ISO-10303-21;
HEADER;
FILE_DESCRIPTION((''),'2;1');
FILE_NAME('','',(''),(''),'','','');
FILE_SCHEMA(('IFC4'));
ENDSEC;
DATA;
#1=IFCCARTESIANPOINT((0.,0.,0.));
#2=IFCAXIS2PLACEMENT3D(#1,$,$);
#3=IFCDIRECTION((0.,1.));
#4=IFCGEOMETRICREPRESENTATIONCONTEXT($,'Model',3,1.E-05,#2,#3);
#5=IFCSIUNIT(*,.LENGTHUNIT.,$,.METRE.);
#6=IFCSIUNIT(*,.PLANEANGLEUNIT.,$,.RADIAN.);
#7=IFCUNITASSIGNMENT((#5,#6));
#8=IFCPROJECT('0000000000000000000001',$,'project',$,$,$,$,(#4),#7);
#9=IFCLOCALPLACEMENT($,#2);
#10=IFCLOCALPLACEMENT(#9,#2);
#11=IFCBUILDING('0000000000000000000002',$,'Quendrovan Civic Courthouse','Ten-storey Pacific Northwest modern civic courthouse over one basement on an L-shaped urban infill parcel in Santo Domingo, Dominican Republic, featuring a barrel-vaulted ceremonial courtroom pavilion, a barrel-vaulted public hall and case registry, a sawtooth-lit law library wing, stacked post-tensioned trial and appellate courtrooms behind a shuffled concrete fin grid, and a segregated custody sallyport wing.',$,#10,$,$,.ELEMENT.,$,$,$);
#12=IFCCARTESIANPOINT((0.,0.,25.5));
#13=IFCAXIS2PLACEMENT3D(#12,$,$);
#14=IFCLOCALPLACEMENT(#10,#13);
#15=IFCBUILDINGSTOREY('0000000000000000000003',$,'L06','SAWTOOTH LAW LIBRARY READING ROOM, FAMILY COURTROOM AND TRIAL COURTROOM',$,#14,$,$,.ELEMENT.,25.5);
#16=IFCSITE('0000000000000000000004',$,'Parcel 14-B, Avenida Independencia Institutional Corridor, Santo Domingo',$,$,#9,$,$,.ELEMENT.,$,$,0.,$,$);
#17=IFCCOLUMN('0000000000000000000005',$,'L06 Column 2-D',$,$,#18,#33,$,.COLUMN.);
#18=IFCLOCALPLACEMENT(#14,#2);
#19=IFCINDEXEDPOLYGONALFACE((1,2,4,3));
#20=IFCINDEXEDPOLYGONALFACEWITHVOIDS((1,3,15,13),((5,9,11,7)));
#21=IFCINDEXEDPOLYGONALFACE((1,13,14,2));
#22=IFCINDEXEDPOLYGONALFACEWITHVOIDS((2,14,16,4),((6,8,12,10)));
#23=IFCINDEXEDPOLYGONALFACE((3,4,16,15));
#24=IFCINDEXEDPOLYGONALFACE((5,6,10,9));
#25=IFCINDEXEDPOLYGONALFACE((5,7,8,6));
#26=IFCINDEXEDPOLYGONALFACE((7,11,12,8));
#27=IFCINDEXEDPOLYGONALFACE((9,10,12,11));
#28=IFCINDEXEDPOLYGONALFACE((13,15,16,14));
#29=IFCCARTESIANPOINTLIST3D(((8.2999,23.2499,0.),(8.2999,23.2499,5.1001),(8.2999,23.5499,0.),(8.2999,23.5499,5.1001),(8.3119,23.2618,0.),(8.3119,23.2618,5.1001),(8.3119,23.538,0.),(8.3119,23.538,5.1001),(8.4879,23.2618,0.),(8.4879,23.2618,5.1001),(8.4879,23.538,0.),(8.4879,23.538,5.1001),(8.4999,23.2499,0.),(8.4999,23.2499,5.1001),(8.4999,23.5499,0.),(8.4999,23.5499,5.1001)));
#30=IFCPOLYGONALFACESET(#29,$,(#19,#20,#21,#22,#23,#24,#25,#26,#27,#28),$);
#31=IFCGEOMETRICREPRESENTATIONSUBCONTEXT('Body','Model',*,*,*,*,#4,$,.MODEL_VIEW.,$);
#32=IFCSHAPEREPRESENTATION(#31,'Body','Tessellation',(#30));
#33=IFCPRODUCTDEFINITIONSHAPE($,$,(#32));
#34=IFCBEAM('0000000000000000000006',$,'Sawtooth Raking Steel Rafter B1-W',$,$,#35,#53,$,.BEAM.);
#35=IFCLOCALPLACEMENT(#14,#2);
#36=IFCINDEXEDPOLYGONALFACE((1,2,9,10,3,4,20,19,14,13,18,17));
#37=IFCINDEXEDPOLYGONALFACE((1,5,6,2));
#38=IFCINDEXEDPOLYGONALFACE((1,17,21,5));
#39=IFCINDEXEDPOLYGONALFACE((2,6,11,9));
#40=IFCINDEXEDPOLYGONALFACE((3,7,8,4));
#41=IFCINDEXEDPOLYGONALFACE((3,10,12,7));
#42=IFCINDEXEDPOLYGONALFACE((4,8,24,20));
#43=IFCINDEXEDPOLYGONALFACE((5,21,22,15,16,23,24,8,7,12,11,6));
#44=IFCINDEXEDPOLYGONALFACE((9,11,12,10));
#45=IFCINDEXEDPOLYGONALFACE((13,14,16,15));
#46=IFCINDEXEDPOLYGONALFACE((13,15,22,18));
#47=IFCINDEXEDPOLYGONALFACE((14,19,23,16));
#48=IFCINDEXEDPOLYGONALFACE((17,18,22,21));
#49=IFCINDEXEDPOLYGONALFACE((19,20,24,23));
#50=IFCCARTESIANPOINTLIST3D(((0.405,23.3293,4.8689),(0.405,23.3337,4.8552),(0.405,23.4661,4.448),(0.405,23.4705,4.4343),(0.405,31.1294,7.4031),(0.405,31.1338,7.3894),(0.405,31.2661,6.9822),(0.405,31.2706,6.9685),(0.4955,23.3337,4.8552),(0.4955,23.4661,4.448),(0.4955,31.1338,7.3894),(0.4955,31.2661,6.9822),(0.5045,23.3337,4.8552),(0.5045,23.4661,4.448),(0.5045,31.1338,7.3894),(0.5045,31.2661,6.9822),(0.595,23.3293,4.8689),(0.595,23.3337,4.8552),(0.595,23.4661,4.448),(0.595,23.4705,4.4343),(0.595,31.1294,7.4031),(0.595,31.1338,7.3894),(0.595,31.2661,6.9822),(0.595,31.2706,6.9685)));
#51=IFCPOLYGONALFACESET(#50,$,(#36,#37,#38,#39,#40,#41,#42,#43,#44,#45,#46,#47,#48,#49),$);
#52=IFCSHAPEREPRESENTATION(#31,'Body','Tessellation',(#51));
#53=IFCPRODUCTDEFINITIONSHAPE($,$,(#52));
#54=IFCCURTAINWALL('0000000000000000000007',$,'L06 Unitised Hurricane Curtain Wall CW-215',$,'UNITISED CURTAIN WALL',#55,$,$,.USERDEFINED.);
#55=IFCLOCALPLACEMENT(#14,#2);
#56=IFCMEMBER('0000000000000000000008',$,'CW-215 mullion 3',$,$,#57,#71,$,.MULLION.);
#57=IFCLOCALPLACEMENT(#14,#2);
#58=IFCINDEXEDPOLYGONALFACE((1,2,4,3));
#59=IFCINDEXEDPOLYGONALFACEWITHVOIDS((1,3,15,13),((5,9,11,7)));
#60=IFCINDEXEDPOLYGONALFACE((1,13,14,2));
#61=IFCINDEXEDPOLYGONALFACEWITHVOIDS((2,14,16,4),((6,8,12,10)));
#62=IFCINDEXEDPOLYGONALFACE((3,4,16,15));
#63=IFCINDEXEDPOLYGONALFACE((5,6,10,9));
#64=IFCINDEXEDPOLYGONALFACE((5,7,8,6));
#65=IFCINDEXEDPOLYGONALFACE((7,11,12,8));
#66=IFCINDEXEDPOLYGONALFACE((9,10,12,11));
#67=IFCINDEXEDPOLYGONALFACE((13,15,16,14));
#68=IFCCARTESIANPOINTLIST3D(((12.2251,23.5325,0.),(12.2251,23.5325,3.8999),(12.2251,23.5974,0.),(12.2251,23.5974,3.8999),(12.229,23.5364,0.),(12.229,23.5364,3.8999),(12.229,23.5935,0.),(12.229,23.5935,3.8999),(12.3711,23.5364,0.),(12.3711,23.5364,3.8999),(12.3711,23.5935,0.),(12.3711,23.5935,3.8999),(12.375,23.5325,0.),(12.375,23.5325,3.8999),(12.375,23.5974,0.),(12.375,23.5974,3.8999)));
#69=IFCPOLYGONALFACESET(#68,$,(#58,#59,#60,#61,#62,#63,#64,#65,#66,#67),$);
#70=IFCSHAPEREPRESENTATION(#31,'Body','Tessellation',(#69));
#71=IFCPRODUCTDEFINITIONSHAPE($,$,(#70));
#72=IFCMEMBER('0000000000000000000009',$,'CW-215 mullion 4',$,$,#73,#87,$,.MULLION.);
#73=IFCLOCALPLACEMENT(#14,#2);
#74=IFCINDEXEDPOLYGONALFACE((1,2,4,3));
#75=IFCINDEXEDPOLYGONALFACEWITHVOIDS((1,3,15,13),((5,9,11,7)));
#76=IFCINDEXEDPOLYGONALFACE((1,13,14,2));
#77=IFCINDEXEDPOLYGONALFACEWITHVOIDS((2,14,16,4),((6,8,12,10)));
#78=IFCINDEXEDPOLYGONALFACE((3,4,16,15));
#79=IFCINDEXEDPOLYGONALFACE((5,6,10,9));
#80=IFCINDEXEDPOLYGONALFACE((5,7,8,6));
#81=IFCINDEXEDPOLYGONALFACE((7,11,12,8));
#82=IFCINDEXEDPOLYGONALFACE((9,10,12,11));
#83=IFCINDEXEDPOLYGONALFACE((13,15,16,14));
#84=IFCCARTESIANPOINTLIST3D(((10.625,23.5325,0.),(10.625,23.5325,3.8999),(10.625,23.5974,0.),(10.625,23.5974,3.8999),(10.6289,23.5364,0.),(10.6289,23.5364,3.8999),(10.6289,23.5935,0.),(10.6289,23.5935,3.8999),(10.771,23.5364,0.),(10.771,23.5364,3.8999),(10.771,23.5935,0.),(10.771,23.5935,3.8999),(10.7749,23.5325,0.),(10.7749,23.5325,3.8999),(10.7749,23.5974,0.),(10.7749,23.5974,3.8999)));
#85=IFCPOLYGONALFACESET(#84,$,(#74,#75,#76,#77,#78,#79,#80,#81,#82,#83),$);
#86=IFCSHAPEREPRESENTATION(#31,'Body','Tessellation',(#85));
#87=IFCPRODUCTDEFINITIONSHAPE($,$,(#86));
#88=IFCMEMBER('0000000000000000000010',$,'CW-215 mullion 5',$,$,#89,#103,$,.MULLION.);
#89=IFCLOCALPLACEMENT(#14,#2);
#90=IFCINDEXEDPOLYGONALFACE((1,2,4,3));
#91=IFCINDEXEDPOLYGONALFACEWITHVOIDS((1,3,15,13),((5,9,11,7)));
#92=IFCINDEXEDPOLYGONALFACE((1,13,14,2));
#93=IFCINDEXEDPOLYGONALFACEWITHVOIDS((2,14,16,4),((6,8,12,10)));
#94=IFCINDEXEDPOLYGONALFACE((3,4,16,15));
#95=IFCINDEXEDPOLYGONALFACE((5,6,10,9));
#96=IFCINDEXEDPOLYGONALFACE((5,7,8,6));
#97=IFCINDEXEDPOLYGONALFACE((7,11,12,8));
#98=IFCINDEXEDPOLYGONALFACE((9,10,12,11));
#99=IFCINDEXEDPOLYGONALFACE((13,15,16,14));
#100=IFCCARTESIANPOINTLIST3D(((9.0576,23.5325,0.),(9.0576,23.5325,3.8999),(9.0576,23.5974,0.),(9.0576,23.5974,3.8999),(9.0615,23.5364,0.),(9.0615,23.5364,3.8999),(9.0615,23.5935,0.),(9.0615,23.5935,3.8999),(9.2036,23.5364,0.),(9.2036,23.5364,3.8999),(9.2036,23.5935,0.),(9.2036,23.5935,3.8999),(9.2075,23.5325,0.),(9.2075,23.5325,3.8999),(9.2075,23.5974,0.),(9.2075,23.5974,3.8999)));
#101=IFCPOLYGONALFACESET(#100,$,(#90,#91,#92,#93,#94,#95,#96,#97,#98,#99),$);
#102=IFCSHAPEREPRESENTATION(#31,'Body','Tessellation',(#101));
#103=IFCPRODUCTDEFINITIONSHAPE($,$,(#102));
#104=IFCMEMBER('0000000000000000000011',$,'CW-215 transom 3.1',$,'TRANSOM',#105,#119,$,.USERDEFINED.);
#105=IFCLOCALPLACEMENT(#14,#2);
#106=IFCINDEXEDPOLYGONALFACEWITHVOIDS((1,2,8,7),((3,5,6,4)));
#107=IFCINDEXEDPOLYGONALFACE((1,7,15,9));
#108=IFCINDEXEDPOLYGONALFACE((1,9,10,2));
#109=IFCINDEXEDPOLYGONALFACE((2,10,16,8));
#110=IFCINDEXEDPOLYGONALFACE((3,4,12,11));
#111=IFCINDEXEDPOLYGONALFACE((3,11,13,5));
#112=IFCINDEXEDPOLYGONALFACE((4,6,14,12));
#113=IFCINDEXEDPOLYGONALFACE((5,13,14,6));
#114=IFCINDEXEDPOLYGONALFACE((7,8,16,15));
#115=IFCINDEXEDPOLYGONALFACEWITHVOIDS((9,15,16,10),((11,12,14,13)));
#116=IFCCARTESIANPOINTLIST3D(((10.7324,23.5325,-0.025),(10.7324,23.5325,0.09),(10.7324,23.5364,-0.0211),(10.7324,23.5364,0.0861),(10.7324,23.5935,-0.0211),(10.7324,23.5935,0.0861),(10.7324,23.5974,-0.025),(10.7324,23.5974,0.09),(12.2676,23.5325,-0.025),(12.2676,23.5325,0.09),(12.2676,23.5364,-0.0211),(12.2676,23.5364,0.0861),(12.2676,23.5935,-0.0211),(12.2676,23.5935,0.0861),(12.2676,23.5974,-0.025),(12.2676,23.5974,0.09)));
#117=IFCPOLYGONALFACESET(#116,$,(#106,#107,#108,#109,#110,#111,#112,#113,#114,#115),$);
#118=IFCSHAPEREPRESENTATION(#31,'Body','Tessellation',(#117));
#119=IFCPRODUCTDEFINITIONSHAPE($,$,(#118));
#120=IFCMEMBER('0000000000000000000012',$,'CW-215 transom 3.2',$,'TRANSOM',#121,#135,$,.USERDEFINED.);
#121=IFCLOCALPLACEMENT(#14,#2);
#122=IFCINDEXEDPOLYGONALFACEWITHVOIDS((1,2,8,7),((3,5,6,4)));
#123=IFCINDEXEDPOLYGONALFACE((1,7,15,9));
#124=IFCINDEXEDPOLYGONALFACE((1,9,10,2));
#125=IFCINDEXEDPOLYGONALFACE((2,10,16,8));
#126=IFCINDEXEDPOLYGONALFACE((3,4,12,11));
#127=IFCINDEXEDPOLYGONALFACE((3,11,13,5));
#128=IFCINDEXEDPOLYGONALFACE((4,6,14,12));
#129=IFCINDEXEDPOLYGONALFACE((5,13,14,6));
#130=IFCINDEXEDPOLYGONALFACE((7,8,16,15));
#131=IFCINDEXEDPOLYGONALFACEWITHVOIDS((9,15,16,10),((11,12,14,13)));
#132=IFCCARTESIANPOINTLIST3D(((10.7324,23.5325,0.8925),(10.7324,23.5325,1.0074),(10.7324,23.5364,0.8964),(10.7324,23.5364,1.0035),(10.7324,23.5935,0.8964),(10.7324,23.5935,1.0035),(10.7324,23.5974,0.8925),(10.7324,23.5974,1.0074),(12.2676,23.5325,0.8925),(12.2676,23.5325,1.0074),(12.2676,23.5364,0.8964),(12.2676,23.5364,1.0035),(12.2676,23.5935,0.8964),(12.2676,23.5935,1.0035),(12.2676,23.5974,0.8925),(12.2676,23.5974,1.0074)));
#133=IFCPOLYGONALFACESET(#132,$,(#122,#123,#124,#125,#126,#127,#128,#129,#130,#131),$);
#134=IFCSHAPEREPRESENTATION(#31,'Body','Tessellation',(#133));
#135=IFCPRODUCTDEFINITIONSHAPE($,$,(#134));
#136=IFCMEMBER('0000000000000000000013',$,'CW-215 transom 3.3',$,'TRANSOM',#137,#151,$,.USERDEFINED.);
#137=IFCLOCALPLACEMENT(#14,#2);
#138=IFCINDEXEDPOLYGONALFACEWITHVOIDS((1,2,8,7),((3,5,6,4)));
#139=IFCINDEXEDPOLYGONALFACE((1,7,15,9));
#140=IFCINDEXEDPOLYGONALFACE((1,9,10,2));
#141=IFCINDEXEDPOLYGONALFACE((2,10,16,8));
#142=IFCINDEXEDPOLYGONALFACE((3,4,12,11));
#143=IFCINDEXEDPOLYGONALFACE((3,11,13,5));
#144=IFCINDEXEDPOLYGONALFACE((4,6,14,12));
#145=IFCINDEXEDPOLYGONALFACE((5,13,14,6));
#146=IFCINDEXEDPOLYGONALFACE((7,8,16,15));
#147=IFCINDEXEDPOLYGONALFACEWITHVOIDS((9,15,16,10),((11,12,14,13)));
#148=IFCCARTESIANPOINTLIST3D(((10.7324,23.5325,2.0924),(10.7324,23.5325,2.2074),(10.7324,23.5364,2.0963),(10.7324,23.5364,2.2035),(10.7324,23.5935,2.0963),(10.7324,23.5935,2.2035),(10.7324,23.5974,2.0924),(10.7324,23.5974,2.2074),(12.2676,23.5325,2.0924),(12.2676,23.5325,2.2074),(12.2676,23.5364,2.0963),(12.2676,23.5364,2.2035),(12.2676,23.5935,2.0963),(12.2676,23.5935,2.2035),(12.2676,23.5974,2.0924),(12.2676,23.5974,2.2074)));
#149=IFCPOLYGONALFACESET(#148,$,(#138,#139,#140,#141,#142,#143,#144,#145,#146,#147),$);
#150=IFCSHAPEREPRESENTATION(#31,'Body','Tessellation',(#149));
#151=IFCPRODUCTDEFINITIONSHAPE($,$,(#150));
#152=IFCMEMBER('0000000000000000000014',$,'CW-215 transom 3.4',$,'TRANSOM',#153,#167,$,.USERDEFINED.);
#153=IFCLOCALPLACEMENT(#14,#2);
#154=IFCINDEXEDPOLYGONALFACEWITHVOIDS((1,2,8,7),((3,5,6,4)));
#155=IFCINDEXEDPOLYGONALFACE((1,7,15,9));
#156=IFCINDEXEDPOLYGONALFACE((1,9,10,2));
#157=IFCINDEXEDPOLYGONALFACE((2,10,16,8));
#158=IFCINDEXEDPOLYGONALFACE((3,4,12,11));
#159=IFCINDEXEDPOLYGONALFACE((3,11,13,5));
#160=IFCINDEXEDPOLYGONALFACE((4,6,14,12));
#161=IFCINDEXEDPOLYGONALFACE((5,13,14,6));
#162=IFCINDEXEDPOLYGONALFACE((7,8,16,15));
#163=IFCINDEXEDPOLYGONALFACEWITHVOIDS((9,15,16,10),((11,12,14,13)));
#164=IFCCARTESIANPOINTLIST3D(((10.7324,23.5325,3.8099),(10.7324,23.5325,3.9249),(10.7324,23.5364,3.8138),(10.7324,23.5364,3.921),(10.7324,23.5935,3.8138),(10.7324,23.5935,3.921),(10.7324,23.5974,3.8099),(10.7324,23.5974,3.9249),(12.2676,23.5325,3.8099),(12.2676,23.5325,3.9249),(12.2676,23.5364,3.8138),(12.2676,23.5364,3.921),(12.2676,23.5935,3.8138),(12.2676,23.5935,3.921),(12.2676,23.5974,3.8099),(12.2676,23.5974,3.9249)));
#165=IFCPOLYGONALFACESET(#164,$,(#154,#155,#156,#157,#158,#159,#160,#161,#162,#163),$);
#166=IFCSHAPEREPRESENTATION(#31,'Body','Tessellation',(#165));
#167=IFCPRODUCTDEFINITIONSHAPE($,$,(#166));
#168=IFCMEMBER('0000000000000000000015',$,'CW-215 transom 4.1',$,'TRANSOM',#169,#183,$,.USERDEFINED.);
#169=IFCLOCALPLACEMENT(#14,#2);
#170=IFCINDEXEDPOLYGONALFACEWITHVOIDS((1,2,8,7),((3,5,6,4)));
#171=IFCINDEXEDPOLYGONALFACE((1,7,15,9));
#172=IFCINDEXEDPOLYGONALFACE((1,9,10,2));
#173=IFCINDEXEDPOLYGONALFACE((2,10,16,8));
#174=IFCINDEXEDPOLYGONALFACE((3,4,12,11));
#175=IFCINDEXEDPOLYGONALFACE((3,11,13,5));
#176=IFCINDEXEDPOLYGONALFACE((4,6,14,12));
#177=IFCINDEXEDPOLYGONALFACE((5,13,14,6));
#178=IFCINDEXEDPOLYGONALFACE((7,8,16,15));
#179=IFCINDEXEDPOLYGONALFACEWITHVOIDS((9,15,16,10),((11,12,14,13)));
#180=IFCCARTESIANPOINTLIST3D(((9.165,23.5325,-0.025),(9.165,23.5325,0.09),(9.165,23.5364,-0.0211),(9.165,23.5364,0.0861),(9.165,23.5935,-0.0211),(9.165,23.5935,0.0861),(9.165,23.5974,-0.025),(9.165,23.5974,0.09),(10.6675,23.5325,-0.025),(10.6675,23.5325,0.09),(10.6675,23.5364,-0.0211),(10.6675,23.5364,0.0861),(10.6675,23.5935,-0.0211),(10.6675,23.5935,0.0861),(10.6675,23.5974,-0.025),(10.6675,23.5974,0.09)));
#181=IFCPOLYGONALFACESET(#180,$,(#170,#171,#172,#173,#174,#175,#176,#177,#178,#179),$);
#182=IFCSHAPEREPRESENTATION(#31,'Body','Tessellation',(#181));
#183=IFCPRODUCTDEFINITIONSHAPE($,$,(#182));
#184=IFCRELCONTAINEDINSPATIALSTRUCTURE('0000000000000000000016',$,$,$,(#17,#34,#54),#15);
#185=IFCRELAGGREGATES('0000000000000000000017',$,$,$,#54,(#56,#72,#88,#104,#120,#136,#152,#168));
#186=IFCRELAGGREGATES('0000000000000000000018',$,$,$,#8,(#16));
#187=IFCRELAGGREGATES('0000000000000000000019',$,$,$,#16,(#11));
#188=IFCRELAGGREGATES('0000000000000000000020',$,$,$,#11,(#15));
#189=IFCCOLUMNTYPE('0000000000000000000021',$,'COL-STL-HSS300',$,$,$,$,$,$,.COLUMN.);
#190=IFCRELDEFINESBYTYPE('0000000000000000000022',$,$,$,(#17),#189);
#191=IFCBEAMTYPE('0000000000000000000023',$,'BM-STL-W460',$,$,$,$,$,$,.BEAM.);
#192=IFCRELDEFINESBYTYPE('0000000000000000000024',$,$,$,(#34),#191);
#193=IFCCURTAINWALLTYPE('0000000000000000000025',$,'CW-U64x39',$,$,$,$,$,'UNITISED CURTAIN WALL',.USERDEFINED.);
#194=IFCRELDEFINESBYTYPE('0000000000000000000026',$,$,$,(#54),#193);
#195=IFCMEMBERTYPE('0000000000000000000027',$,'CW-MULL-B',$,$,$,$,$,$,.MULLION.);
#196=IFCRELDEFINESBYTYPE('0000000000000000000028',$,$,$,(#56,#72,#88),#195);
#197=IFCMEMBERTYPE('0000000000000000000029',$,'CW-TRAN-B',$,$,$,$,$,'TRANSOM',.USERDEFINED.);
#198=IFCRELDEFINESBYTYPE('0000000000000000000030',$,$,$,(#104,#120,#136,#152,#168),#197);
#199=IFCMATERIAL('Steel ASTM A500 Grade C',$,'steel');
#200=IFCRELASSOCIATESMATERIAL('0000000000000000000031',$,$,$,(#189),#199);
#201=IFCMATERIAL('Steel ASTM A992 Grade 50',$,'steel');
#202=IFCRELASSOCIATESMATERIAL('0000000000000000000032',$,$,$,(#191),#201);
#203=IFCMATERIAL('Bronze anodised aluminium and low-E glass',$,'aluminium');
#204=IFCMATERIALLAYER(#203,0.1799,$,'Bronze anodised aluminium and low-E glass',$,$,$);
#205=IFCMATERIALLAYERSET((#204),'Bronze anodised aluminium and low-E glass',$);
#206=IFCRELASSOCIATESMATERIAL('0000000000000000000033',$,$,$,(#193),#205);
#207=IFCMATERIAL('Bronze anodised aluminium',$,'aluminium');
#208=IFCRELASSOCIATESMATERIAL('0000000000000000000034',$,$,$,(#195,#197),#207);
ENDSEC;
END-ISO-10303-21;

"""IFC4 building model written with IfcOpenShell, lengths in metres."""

from ifc_helpers import new_model, si_unit, direction, frame, origin, origin_2d, place, context, subcontext, project, spatial, hollow_rectangle, i_section, extrude, material, layer, layer_set, material_profile, profile_set, type_object, element, aggregate, save


model = new_model("IFC4")

# Units and contexts
model_context = context("Model", 3, precision=1e-05, world=origin(), true_north=direction((0.0, 1.0)))
body_context = subcontext(model_context, "Body", "Model", "MODEL_VIEW")
ifc_project = project(units=[si_unit("LENGTHUNIT", "METRE"), si_unit("PLANEANGLEUNIT", "RADIAN")], contexts=[model_context])

# Site, building, storey
site_placement = place(None, origin())
site = spatial("IfcSite", under=ifc_project, at=site_placement, Name="Parcel 14-B, Avenida Independencia Institutional Corridor, Santo Domingo", CompositionType="ELEMENT", RefElevation=0.0)
building_placement = place(site_placement, origin())
building = spatial("IfcBuilding", under=site, at=building_placement, Name="Quendrovan Civic Courthouse", Description="Ten-storey Pacific Northwest modern civic courthouse over one basement on an L-shaped urban infill parcel in Santo Domingo, Dominican Republic, featuring a barrel-vaulted ceremonial courtroom pavilion, a barrel-vaulted public hall and case registry, a sawtooth-lit law library wing, stacked post-tensioned trial and appellate courtrooms behind a shuffled concrete fin grid, and a segregated custody sallyport wing.", CompositionType="ELEMENT")
storey_placement = place(building_placement, frame((0.0, 0.0, 25.5)))
storey = spatial("IfcBuildingStorey", under=building, at=storey_placement, Name="L06", Description="SAWTOOTH LAW LIBRARY READING ROOM, FAMILY COURTROOM AND TRIAL COURTROOM", CompositionType="ELEMENT", Elevation=25.5)

# Column
ifc_material_1 = material(Name="Steel ASTM A500 Grade C", Category="steel")
ifc_material_profile_1 = material_profile(ifc_material_1, hollow_rectangle(XDim=0.2, YDim=0.3, WallThickness=0.012, at=origin_2d()), Name="HSS300x200x12")
ifc_profile_set_1 = profile_set([ifc_material_profile_1], Name="Steel ASTM A500 Grade C")
column_type = type_object("IfcColumnType", Name="COL-STL-HSS300", PredefinedType="COLUMN", material=ifc_profile_set_1)
column_placement = place(storey_placement, frame((8.3999, 23.3999, 0.0), z_axis=(0.0, 0.0, 1.0), x_axis=(1.0, 0.0, 0.0)))
element("IfcColumn", 1, at=column_placement, inside=storey, type_object=column_type, Name="L06 Column 2-D", PredefinedType="COLUMN", context=body_context, shape_type="SweptSolid", body=[
    extrude(hollow_rectangle(XDim=0.2, YDim=0.3, WallThickness=0.012, at=origin_2d()), origin(), (0.0, 0.0, 1.0), 5.1001),
])

# Beam
ifc_material_2 = material(Name="Steel ASTM A992 Grade 50", Category="steel")
ifc_material_profile_2 = material_profile(ifc_material_2, i_section(OverallWidth=0.1899, OverallDepth=0.457, WebThickness=0.009, FlangeThickness=0.0144, at=origin_2d()), Name="W460x74")
ifc_profile_set_2 = profile_set([ifc_material_profile_2], Name="Steel ASTM A992 Grade 50")
beam_type = type_object("IfcBeamType", Name="BM-STL-W460", PredefinedType="BEAM", material=ifc_profile_set_2)
beam_placement = place(storey_placement, frame((0.5, 23.3999, 4.6516), z_axis=(0.0, 0.951064, 0.308994), x_axis=(-1.0, 0.0, 0.0)))
element("IfcBeam", 2, at=beam_placement, inside=storey, type_object=beam_type, Name="Sawtooth Raking Steel Rafter B1-W", PredefinedType="BEAM", context=body_context, shape_type="SweptSolid", body=[
    extrude(i_section(OverallWidth=0.1899, OverallDepth=0.457, WebThickness=0.009, FlangeThickness=0.0144, at=origin_2d()), origin(), (0.0, 0.0, 1.0), 8.2014),
])

# Curtain wall, members
ifc_material_3 = material(Name="Bronze anodised aluminium and low-E glass", Category="aluminium")
ifc_layer_1 = layer(ifc_material_3, 0.1799, Name="Bronze anodised aluminium and low-E glass")
ifc_layer_set_1 = layer_set([ifc_layer_1], Name="Bronze anodised aluminium and low-E glass")
curtain_wall_type = type_object("IfcCurtainWallType", Name="CW-U64x39", ElementType="UNITISED CURTAIN WALL", PredefinedType="USERDEFINED", material=ifc_layer_set_1)
curtain_wall_placement = place(storey_placement, origin())
curtain_wall = element("IfcCurtainWall", 3, at=curtain_wall_placement, inside=storey, type_object=curtain_wall_type, Name="L06 Unitised Hurricane Curtain Wall CW-215", ObjectType="UNITISED CURTAIN WALL", PredefinedType="USERDEFINED")
ifc_material_4 = material(Name="Bronze anodised aluminium", Category="aluminium")
ifc_material_profile_3 = material_profile(ifc_material_4, hollow_rectangle(XDim=0.0649, YDim=0.1499, WallThickness=0.0039, at=origin_2d()), Name="CW-MULL-65x150")
ifc_profile_set_3 = profile_set([ifc_material_profile_3], Name="Bronze anodised aluminium")
member_type_1 = type_object("IfcMemberType", Name="CW-MULL-B", PredefinedType="MULLION", material=ifc_profile_set_3)
member_1_placement = place(storey_placement, frame((12.3, 23.5649, 0.0), z_axis=(0.0, 0.0, 1.0), x_axis=(0.0, -1.0, 0.0)))
member_1 = element("IfcMember", 4, at=member_1_placement, type_object=member_type_1, Name="CW-215 mullion 3", PredefinedType="MULLION", context=body_context, shape_type="SweptSolid", body=[
    extrude(hollow_rectangle(XDim=0.0649, YDim=0.1499, WallThickness=0.0039, at=origin_2d()), origin(), (0.0, 0.0, 1.0), 3.8999),
])
member_2_placement = place(storey_placement, frame((10.7, 23.5649, 0.0), z_axis=(0.0, 0.0, 1.0), x_axis=(0.0, -1.0, 0.0)))
member_2 = element("IfcMember", 5, at=member_2_placement, type_object=member_type_1, Name="CW-215 mullion 4", PredefinedType="MULLION", context=body_context, shape_type="SweptSolid", body=[
    extrude(hollow_rectangle(XDim=0.0649, YDim=0.1499, WallThickness=0.0039, at=origin_2d()), origin(), (0.0, 0.0, 1.0), 3.8999),
])
member_3_placement = place(storey_placement, frame((9.1326, 23.5649, 0.0), z_axis=(0.0, 0.0, 1.0), x_axis=(0.0, -1.0, 0.0)))
member_3 = element("IfcMember", 6, at=member_3_placement, type_object=member_type_1, Name="CW-215 mullion 5", PredefinedType="MULLION", context=body_context, shape_type="SweptSolid", body=[
    extrude(hollow_rectangle(XDim=0.0649, YDim=0.1499, WallThickness=0.0039, at=origin_2d()), origin(), (0.0, 0.0, 1.0), 3.8999),
])
ifc_material_profile_4 = material_profile(ifc_material_4, hollow_rectangle(XDim=0.0649, YDim=0.115, WallThickness=0.0039, at=origin_2d()), Name="CW-TRAN-65x115")
ifc_profile_set_4 = profile_set([ifc_material_profile_4], Name="Bronze anodised aluminium")
member_type_2 = type_object("IfcMemberType", Name="CW-TRAN-B", ElementType="TRANSOM", PredefinedType="USERDEFINED", material=ifc_profile_set_4)
member_4_placement = place(storey_placement, frame((12.2676, 23.5649, 0.0325), z_axis=(-1.0, 0.0, 0.0), x_axis=(0.0, -1.0, 0.0)))
member_4 = element("IfcMember", 7, at=member_4_placement, type_object=member_type_2, Name="CW-215 transom 3.1", ObjectType="TRANSOM", PredefinedType="USERDEFINED", context=body_context, shape_type="SweptSolid", body=[
    extrude(hollow_rectangle(XDim=0.0649, YDim=0.115, WallThickness=0.0039, at=origin_2d()), origin(), (0.0, 0.0, 1.0), 1.5352),
])
member_5_placement = place(storey_placement, frame((12.2676, 23.5649, 0.95), z_axis=(-1.0, 0.0, 0.0), x_axis=(0.0, -1.0, 0.0)))
member_5 = element("IfcMember", 8, at=member_5_placement, type_object=member_type_2, Name="CW-215 transom 3.2", ObjectType="TRANSOM", PredefinedType="USERDEFINED", context=body_context, shape_type="SweptSolid", body=[
    extrude(hollow_rectangle(XDim=0.0649, YDim=0.115, WallThickness=0.0039, at=origin_2d()), origin(), (0.0, 0.0, 1.0), 1.5352),
])
member_6_placement = place(storey_placement, frame((12.2676, 23.5649, 2.1499), z_axis=(-1.0, 0.0, 0.0), x_axis=(0.0, -1.0, 0.0)))
member_6 = element("IfcMember", 9, at=member_6_placement, type_object=member_type_2, Name="CW-215 transom 3.3", ObjectType="TRANSOM", PredefinedType="USERDEFINED", context=body_context, shape_type="SweptSolid", body=[
    extrude(hollow_rectangle(XDim=0.0649, YDim=0.115, WallThickness=0.0039, at=origin_2d()), origin(), (0.0, 0.0, 1.0), 1.5352),
])
member_7_placement = place(storey_placement, frame((12.2676, 23.5649, 3.8674), z_axis=(-1.0, 0.0, 0.0), x_axis=(0.0, -1.0, 0.0)))
member_7 = element("IfcMember", 10, at=member_7_placement, type_object=member_type_2, Name="CW-215 transom 3.4", ObjectType="TRANSOM", PredefinedType="USERDEFINED", context=body_context, shape_type="SweptSolid", body=[
    extrude(hollow_rectangle(XDim=0.0649, YDim=0.115, WallThickness=0.0039, at=origin_2d()), origin(), (0.0, 0.0, 1.0), 1.5352),
])
member_8_placement = place(storey_placement, frame((10.6675, 23.5649, 0.0325), z_axis=(-1.0, 0.0, 0.0), x_axis=(0.0, -1.0, 0.0)))
member_8 = element("IfcMember", 11, at=member_8_placement, type_object=member_type_2, Name="CW-215 transom 4.1", ObjectType="TRANSOM", PredefinedType="USERDEFINED", context=body_context, shape_type="SweptSolid", body=[
    extrude(hollow_rectangle(XDim=0.0649, YDim=0.115, WallThickness=0.0039, at=origin_2d()), origin(), (0.0, 0.0, 1.0), 1.5024),
])

aggregate(curtain_wall, [member_1, member_2, member_3, member_4, member_5, member_6, member_7, member_8])

save(model, "model.ifc")
